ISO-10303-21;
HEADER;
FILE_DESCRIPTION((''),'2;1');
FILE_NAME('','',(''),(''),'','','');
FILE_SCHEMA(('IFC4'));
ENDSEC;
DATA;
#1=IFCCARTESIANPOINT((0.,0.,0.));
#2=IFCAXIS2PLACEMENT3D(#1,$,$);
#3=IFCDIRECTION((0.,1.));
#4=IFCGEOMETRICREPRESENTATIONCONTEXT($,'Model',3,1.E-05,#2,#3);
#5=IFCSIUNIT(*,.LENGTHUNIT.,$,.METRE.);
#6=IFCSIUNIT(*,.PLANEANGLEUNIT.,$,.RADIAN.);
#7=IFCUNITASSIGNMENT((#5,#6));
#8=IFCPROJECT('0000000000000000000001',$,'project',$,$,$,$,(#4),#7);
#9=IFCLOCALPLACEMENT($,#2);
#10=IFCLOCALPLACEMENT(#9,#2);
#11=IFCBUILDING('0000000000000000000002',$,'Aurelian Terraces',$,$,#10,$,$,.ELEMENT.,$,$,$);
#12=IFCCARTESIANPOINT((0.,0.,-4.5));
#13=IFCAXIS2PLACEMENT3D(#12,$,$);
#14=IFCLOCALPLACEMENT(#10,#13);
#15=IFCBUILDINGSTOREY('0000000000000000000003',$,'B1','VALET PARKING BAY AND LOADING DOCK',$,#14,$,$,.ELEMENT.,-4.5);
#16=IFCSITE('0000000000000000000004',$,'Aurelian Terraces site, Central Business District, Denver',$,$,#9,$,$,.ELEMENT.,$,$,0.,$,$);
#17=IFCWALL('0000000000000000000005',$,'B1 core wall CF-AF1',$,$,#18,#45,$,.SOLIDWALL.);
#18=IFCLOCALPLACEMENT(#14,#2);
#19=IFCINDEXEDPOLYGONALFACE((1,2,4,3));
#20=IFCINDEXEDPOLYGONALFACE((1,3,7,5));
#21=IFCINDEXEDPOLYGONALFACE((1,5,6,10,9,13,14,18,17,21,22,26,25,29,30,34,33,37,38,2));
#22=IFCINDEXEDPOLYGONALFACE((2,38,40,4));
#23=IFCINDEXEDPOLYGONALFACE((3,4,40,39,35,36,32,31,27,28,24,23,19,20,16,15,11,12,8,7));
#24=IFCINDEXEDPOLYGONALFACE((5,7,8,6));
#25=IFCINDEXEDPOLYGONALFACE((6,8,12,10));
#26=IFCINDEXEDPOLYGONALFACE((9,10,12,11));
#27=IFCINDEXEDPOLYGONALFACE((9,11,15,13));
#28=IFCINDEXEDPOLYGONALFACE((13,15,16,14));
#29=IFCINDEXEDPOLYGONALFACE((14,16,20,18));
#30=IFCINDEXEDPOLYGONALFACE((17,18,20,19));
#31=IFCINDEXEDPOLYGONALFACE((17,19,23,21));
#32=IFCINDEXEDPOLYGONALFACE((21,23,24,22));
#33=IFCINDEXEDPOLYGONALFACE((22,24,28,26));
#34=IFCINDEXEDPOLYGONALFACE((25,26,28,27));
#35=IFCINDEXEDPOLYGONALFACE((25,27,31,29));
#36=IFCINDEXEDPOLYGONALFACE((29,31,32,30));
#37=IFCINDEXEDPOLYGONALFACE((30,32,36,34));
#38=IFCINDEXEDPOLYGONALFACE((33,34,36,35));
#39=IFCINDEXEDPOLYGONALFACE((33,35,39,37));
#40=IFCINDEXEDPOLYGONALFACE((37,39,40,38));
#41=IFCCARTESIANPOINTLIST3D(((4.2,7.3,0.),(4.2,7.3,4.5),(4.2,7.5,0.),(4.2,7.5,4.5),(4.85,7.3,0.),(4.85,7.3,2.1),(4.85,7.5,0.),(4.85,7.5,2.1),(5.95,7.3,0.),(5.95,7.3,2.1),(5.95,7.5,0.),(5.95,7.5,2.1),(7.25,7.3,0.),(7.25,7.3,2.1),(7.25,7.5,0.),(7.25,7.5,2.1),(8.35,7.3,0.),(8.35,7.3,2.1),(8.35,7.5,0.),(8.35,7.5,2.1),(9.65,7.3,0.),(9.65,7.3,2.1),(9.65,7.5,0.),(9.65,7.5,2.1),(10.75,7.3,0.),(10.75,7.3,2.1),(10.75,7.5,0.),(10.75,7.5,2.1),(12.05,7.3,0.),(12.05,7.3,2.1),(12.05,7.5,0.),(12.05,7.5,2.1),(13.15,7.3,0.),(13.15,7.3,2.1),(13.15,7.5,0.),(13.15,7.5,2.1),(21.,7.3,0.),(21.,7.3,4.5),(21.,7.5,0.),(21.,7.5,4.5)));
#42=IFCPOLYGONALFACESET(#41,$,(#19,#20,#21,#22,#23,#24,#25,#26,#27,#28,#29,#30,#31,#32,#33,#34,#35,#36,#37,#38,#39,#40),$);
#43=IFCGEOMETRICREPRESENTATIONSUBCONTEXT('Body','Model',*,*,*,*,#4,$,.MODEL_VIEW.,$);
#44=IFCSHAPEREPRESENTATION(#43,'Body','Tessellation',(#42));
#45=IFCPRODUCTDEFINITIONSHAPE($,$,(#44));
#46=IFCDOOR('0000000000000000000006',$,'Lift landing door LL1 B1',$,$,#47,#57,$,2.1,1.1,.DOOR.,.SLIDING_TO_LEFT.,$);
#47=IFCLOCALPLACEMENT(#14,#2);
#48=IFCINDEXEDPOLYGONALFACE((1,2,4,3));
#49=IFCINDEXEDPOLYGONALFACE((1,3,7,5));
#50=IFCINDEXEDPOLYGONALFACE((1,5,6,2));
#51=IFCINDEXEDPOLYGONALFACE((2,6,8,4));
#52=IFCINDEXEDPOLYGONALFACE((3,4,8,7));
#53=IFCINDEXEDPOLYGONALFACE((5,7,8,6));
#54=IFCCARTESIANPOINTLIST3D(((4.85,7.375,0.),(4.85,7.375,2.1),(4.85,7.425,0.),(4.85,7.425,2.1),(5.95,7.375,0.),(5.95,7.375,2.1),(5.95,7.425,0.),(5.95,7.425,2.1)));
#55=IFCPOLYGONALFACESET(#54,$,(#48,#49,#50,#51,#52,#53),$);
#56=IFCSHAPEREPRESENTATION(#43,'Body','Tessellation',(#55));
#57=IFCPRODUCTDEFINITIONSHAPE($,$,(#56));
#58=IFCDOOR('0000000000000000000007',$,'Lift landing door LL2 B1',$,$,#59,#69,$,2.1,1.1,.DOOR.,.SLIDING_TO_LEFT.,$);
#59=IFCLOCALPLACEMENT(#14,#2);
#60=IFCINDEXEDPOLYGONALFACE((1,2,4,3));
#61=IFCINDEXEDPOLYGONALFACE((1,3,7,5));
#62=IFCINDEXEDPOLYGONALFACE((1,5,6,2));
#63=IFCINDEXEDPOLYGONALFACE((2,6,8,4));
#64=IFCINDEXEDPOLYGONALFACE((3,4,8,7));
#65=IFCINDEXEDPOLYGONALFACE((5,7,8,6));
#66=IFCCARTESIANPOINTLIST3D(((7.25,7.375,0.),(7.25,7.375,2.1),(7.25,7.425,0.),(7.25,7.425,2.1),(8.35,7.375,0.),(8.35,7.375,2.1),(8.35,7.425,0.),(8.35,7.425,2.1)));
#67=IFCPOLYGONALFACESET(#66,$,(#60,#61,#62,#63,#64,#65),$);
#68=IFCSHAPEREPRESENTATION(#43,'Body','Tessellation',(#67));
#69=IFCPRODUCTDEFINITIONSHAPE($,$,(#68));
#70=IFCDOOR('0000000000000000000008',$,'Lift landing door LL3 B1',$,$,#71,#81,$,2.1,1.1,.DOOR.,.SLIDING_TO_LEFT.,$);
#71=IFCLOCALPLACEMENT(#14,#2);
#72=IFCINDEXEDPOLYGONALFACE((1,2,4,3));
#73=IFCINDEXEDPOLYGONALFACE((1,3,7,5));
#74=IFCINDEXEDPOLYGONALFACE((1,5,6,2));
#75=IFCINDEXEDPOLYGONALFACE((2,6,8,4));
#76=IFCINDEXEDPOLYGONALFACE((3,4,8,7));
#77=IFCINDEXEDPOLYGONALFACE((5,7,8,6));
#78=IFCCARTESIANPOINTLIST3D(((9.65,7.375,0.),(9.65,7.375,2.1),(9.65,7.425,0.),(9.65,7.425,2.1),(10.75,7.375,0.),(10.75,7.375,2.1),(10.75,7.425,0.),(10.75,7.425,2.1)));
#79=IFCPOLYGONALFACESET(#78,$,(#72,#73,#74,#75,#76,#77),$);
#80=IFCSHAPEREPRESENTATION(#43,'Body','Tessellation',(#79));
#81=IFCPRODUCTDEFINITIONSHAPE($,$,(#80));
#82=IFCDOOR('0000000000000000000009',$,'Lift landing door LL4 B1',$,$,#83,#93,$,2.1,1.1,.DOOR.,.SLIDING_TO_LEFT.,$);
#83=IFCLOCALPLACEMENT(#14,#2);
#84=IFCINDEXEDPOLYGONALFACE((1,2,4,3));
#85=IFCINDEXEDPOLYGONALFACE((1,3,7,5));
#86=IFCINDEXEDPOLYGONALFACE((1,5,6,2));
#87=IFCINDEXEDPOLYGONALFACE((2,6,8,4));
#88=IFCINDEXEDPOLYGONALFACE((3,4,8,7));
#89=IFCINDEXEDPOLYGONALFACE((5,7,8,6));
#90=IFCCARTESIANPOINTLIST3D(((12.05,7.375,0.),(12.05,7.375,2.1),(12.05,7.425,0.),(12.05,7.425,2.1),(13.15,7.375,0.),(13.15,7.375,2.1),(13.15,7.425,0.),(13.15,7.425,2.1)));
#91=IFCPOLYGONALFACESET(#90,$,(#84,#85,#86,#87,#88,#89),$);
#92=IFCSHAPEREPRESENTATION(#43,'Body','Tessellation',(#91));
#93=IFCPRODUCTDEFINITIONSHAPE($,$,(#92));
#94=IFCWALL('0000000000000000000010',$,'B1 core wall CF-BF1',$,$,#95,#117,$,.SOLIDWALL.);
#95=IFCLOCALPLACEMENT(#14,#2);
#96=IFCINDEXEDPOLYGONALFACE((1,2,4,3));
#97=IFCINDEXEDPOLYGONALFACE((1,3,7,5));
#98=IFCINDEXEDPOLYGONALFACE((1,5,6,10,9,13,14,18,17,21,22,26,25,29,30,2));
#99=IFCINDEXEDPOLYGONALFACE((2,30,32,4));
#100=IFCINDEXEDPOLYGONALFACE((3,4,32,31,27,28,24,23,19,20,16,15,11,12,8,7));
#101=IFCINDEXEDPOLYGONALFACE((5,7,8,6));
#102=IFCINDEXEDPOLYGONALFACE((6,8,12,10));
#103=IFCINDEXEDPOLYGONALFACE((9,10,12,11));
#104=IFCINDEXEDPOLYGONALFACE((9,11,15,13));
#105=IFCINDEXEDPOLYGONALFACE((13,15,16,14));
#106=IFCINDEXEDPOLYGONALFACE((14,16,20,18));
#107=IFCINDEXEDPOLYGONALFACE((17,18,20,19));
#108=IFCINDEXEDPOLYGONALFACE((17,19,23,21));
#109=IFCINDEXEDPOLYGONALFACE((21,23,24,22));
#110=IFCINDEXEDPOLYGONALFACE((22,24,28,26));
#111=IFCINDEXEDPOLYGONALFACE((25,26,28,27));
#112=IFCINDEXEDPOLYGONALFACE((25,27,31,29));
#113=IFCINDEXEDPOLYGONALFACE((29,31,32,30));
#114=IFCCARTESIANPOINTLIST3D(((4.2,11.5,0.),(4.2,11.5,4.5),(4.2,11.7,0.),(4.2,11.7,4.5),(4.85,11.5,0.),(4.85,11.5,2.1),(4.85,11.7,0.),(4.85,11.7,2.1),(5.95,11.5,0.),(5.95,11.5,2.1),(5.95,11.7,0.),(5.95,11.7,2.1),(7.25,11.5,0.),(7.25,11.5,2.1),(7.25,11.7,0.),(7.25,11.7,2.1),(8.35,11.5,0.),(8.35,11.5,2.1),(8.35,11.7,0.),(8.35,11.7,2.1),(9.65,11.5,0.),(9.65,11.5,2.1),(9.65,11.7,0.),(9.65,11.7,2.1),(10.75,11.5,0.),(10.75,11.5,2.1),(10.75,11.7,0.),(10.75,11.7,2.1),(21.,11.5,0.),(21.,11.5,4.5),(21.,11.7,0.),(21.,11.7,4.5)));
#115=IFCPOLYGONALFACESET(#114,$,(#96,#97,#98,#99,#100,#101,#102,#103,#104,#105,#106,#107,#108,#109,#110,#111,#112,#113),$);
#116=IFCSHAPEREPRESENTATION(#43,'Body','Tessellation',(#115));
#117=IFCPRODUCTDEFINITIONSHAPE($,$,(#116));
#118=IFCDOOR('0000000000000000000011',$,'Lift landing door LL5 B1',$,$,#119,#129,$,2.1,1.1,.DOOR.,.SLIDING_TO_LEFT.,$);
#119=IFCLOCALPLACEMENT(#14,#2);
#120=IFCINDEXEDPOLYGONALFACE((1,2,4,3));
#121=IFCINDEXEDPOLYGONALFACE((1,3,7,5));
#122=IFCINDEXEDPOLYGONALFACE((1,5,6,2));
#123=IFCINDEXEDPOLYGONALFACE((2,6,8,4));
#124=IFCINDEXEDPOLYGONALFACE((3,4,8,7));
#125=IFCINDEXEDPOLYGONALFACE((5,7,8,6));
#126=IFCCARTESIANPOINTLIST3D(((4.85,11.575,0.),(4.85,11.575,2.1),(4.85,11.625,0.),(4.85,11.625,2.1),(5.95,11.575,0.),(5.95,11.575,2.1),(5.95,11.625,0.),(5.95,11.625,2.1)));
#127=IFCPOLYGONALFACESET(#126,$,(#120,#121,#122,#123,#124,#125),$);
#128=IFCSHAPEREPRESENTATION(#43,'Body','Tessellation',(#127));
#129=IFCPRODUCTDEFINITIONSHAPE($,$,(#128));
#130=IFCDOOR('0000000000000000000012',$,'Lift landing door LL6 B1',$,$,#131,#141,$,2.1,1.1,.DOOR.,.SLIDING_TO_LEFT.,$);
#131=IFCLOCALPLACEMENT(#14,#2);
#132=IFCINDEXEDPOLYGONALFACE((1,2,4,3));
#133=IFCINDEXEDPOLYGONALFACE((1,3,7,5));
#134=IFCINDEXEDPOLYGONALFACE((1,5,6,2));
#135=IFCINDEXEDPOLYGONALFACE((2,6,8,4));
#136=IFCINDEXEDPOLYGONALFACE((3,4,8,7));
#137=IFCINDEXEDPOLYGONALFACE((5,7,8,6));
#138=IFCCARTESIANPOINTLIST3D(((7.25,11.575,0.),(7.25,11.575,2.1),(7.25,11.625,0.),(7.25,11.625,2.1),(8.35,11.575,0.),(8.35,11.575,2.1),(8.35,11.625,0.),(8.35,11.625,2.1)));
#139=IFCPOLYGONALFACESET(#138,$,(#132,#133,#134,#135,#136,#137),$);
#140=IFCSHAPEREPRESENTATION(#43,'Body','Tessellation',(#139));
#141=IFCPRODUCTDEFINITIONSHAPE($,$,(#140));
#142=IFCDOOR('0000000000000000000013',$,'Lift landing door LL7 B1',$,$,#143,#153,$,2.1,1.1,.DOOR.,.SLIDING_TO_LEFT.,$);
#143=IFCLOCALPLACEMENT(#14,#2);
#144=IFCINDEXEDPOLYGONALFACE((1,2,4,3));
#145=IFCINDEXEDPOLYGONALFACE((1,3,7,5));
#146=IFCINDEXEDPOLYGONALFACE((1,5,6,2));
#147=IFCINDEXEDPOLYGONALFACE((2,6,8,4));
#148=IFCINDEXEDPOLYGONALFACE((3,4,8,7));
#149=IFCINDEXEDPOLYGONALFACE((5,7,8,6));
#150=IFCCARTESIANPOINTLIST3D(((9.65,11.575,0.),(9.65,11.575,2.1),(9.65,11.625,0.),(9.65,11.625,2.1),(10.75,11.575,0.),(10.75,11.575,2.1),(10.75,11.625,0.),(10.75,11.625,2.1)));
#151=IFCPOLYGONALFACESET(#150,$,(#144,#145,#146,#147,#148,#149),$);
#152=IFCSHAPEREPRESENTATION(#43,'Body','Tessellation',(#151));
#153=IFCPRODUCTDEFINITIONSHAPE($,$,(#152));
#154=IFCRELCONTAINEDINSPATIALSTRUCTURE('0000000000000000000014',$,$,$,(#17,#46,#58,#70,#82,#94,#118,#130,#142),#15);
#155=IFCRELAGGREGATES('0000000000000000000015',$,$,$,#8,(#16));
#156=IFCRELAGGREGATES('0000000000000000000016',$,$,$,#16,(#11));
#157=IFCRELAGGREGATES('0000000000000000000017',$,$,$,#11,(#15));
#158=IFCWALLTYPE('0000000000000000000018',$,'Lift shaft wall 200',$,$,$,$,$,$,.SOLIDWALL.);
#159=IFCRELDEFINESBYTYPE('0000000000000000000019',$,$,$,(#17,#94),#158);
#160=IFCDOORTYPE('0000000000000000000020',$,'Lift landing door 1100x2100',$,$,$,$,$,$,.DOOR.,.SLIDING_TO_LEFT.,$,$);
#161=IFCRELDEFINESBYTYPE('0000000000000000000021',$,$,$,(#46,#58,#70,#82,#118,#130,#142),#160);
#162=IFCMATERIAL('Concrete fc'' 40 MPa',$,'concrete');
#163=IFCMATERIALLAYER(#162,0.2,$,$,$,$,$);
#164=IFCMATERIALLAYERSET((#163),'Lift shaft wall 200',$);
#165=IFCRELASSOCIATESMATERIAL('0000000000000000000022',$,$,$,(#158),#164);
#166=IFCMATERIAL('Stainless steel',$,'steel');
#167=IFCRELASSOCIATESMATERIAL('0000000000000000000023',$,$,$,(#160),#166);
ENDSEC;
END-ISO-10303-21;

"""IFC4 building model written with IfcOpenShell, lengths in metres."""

from ifc_helpers import new_model, si_unit, direction, frame, frame_2d, origin, place, context, subcontext, project, spatial, rectangle, extrude, source, transform, mapped, material, layer, layer_set, type_object, element, fill, save


model = new_model("IFC4")

# Units and contexts
model_context = context("Model", 3, precision=1e-05, world=origin(), true_north=direction((0.0, 1.0)))
body_context = subcontext(model_context, "Body", "Model", "MODEL_VIEW")
ifc_project = project(units=[si_unit("LENGTHUNIT", "METRE"), si_unit("PLANEANGLEUNIT", "RADIAN")], contexts=[model_context])

# Site, building, storey
site_placement = place(None, origin())
site = spatial("IfcSite", under=ifc_project, at=site_placement, Name="Aurelian Terraces site, Central Business District, Denver", CompositionType="ELEMENT", RefElevation=0.0)
building_placement = place(site_placement, origin())
building = spatial("IfcBuilding", under=site, at=building_placement, Name="Aurelian Terraces", CompositionType="ELEMENT")
storey_placement = place(building_placement, frame((0.0, 0.0, -4.5)))
storey = spatial("IfcBuildingStorey", under=building, at=storey_placement, Name="B1", Description="VALET PARKING BAY AND LOADING DOCK", CompositionType="ELEMENT", Elevation=-4.5)

# Shared definitions
ifc_material_1 = material(Name="Concrete fc' 40 MPa", Category="concrete")

# Shared definitions
ifc_layer_1 = layer(ifc_material_1, 0.2)
ifc_layer_set_1 = layer_set([ifc_layer_1], Name="Lift shaft wall 200")
wall_type_1 = type_object("IfcWallType", Name="Lift shaft wall 200", PredefinedType="SOLIDWALL", material=ifc_layer_set_1)

# Walls, openings, doors
shared_shape_1 = source(origin(), body_context, "Body", "SweptSolid", [
    extrude(rectangle(XDim=16.8, YDim=0.2, at=frame_2d((8.4, 0.0))), origin(), (0.0, 0.0, 1.0), 4.5),
])
wall_1_placement = place(storey_placement, frame((4.2, 7.4, 0.0), z_axis=(0.0, 0.0, 1.0), x_axis=(1.0, 0.0, 0.0)))
wall_1 = element("IfcWall", 1, at=wall_1_placement, inside=storey, type_object=wall_type_1, Name="B1 core wall CF-AF1", PredefinedType="SOLIDWALL", context=body_context, shape_type="MappedRepresentation", body=[
    mapped(shared_shape_1, transform((0.0, 0.0, 0.0), scale=1.0)),
])
shared_shape_2 = source(origin(), body_context, "Body", "SweptSolid", [
    extrude(rectangle(XDim=1.1, YDim=2.1, at=frame_2d((0.55, 1.05))), frame((0.0, 0.11, 0.0), z_axis=(0.0, -1.0, 0.0), x_axis=(1.0, 0.0, 0.0)), (0.0, 0.0, 1.0), 0.22),
])
opening_1_placement = place(wall_1_placement, frame((0.65, 0.0, 0.0)))
opening_1 = element("IfcOpeningElement", 2, at=opening_1_placement, cuts=wall_1, PredefinedType="OPENING", context=body_context, shape_type="MappedRepresentation", body=[
    mapped(shared_shape_2, transform((0.0, 0.0, 0.0), scale=1.0)),
])
opening_2_placement = place(wall_1_placement, frame((3.05, 0.0, 0.0)))
opening_2 = element("IfcOpeningElement", 3, at=opening_2_placement, cuts=wall_1, PredefinedType="OPENING", context=body_context, shape_type="MappedRepresentation", body=[
    mapped(shared_shape_2, transform((0.0, 0.0, 0.0), scale=1.0)),
])
opening_3_placement = place(wall_1_placement, frame((5.45, 0.0, 0.0)))
opening_3 = element("IfcOpeningElement", 4, at=opening_3_placement, cuts=wall_1, PredefinedType="OPENING", context=body_context, shape_type="MappedRepresentation", body=[
    mapped(shared_shape_2, transform((0.0, 0.0, 0.0), scale=1.0)),
])
opening_4_placement = place(wall_1_placement, frame((7.85, 0.0, 0.0)))
opening_4 = element("IfcOpeningElement", 5, at=opening_4_placement, cuts=wall_1, PredefinedType="OPENING", context=body_context, shape_type="MappedRepresentation", body=[
    mapped(shared_shape_2, transform((0.0, 0.0, 0.0), scale=1.0)),
])
ifc_material_2 = material(Name="Stainless steel", Category="steel")
door_type_1 = type_object("IfcDoorType", Name="Lift landing door 1100x2100", OperationType="SLIDING_TO_LEFT", PredefinedType="DOOR", material=ifc_material_2)
shared_shape_3 = source(origin(), body_context, "Body", "SweptSolid", [
    extrude(rectangle(XDim=1.1, YDim=2.1, at=frame_2d((0.55, 1.05))), frame((0.0, 0.025, 0.0), z_axis=(0.0, -1.0, 0.0), x_axis=(1.0, 0.0, 0.0)), (0.0, 0.0, 1.0), 0.05),
])
door_1_placement = place(opening_1_placement, origin())
door_1 = element("IfcDoor", 6, at=door_1_placement, inside=storey, type_object=door_type_1, Name="Lift landing door LL1 B1", OperationType="SLIDING_TO_LEFT", OverallHeight=2.1, OverallWidth=1.1, PredefinedType="DOOR", context=body_context, shape_type="MappedRepresentation", body=[
    mapped(shared_shape_3, transform((0.0, 0.0, 0.0), scale=1.0)),
])
fill(opening_1, door_1)
door_2_placement = place(opening_2_placement, origin())
door_2 = element("IfcDoor", 7, at=door_2_placement, inside=storey, type_object=door_type_1, Name="Lift landing door LL2 B1", OperationType="SLIDING_TO_LEFT", OverallHeight=2.1, OverallWidth=1.1, PredefinedType="DOOR", context=body_context, shape_type="MappedRepresentation", body=[
    mapped(shared_shape_3, transform((0.0, 0.0, 0.0), scale=1.0)),
])
fill(opening_2, door_2)
door_3_placement = place(opening_3_placement, origin())
door_3 = element("IfcDoor", 8, at=door_3_placement, inside=storey, type_object=door_type_1, Name="Lift landing door LL3 B1", OperationType="SLIDING_TO_LEFT", OverallHeight=2.1, OverallWidth=1.1, PredefinedType="DOOR", context=body_context, shape_type="MappedRepresentation", body=[
    mapped(shared_shape_3, transform((0.0, 0.0, 0.0), scale=1.0)),
])
fill(opening_3, door_3)
door_4_placement = place(opening_4_placement, origin())
door_4 = element("IfcDoor", 9, at=door_4_placement, inside=storey, type_object=door_type_1, Name="Lift landing door LL4 B1", OperationType="SLIDING_TO_LEFT", OverallHeight=2.1, OverallWidth=1.1, PredefinedType="DOOR", context=body_context, shape_type="MappedRepresentation", body=[
    mapped(shared_shape_3, transform((0.0, 0.0, 0.0), scale=1.0)),
])
fill(opening_4, door_4)
wall_2_placement = place(storey_placement, frame((4.2, 11.6, 0.0), z_axis=(0.0, 0.0, 1.0), x_axis=(1.0, 0.0, 0.0)))
wall_2 = element("IfcWall", 10, at=wall_2_placement, inside=storey, type_object=wall_type_1, Name="B1 core wall CF-BF1", PredefinedType="SOLIDWALL", context=body_context, shape_type="MappedRepresentation", body=[
    mapped(shared_shape_1, transform((0.0, 0.0, 0.0), scale=1.0)),
])
opening_5_placement = place(wall_2_placement, frame((0.65, 0.0, 0.0)))
opening_5 = element("IfcOpeningElement", 11, at=opening_5_placement, cuts=wall_2, PredefinedType="OPENING", context=body_context, shape_type="MappedRepresentation", body=[
    mapped(shared_shape_2, transform((0.0, 0.0, 0.0), scale=1.0)),
])
opening_6_placement = place(wall_2_placement, frame((3.05, 0.0, 0.0)))
opening_6 = element("IfcOpeningElement", 12, at=opening_6_placement, cuts=wall_2, PredefinedType="OPENING", context=body_context, shape_type="MappedRepresentation", body=[
    mapped(shared_shape_2, transform((0.0, 0.0, 0.0), scale=1.0)),
])
opening_7_placement = place(wall_2_placement, frame((5.45, 0.0, 0.0)))
opening_7 = element("IfcOpeningElement", 13, at=opening_7_placement, cuts=wall_2, PredefinedType="OPENING", context=body_context, shape_type="MappedRepresentation", body=[
    mapped(shared_shape_2, transform((0.0, 0.0, 0.0), scale=1.0)),
])
door_5_placement = place(opening_5_placement, origin())
door_5 = element("IfcDoor", 14, at=door_5_placement, inside=storey, type_object=door_type_1, Name="Lift landing door LL5 B1", OperationType="SLIDING_TO_LEFT", OverallHeight=2.1, OverallWidth=1.1, PredefinedType="DOOR", context=body_context, shape_type="MappedRepresentation", body=[
    mapped(shared_shape_3, transform((0.0, 0.0, 0.0), scale=1.0)),
])
fill(opening_5, door_5)
door_6_placement = place(opening_6_placement, origin())
door_6 = element("IfcDoor", 15, at=door_6_placement, inside=storey, type_object=door_type_1, Name="Lift landing door LL6 B1", OperationType="SLIDING_TO_LEFT", OverallHeight=2.1, OverallWidth=1.1, PredefinedType="DOOR", context=body_context, shape_type="MappedRepresentation", body=[
    mapped(shared_shape_3, transform((0.0, 0.0, 0.0), scale=1.0)),
])
fill(opening_6, door_6)
door_7_placement = place(opening_7_placement, origin())
door_7 = element("IfcDoor", 16, at=door_7_placement, inside=storey, type_object=door_type_1, Name="Lift landing door LL7 B1", OperationType="SLIDING_TO_LEFT", OverallHeight=2.1, OverallWidth=1.1, PredefinedType="DOOR", context=body_context, shape_type="MappedRepresentation", body=[
    mapped(shared_shape_3, transform((0.0, 0.0, 0.0), scale=1.0)),
])
fill(opening_7, door_7)

save(model, "model.ifc")
